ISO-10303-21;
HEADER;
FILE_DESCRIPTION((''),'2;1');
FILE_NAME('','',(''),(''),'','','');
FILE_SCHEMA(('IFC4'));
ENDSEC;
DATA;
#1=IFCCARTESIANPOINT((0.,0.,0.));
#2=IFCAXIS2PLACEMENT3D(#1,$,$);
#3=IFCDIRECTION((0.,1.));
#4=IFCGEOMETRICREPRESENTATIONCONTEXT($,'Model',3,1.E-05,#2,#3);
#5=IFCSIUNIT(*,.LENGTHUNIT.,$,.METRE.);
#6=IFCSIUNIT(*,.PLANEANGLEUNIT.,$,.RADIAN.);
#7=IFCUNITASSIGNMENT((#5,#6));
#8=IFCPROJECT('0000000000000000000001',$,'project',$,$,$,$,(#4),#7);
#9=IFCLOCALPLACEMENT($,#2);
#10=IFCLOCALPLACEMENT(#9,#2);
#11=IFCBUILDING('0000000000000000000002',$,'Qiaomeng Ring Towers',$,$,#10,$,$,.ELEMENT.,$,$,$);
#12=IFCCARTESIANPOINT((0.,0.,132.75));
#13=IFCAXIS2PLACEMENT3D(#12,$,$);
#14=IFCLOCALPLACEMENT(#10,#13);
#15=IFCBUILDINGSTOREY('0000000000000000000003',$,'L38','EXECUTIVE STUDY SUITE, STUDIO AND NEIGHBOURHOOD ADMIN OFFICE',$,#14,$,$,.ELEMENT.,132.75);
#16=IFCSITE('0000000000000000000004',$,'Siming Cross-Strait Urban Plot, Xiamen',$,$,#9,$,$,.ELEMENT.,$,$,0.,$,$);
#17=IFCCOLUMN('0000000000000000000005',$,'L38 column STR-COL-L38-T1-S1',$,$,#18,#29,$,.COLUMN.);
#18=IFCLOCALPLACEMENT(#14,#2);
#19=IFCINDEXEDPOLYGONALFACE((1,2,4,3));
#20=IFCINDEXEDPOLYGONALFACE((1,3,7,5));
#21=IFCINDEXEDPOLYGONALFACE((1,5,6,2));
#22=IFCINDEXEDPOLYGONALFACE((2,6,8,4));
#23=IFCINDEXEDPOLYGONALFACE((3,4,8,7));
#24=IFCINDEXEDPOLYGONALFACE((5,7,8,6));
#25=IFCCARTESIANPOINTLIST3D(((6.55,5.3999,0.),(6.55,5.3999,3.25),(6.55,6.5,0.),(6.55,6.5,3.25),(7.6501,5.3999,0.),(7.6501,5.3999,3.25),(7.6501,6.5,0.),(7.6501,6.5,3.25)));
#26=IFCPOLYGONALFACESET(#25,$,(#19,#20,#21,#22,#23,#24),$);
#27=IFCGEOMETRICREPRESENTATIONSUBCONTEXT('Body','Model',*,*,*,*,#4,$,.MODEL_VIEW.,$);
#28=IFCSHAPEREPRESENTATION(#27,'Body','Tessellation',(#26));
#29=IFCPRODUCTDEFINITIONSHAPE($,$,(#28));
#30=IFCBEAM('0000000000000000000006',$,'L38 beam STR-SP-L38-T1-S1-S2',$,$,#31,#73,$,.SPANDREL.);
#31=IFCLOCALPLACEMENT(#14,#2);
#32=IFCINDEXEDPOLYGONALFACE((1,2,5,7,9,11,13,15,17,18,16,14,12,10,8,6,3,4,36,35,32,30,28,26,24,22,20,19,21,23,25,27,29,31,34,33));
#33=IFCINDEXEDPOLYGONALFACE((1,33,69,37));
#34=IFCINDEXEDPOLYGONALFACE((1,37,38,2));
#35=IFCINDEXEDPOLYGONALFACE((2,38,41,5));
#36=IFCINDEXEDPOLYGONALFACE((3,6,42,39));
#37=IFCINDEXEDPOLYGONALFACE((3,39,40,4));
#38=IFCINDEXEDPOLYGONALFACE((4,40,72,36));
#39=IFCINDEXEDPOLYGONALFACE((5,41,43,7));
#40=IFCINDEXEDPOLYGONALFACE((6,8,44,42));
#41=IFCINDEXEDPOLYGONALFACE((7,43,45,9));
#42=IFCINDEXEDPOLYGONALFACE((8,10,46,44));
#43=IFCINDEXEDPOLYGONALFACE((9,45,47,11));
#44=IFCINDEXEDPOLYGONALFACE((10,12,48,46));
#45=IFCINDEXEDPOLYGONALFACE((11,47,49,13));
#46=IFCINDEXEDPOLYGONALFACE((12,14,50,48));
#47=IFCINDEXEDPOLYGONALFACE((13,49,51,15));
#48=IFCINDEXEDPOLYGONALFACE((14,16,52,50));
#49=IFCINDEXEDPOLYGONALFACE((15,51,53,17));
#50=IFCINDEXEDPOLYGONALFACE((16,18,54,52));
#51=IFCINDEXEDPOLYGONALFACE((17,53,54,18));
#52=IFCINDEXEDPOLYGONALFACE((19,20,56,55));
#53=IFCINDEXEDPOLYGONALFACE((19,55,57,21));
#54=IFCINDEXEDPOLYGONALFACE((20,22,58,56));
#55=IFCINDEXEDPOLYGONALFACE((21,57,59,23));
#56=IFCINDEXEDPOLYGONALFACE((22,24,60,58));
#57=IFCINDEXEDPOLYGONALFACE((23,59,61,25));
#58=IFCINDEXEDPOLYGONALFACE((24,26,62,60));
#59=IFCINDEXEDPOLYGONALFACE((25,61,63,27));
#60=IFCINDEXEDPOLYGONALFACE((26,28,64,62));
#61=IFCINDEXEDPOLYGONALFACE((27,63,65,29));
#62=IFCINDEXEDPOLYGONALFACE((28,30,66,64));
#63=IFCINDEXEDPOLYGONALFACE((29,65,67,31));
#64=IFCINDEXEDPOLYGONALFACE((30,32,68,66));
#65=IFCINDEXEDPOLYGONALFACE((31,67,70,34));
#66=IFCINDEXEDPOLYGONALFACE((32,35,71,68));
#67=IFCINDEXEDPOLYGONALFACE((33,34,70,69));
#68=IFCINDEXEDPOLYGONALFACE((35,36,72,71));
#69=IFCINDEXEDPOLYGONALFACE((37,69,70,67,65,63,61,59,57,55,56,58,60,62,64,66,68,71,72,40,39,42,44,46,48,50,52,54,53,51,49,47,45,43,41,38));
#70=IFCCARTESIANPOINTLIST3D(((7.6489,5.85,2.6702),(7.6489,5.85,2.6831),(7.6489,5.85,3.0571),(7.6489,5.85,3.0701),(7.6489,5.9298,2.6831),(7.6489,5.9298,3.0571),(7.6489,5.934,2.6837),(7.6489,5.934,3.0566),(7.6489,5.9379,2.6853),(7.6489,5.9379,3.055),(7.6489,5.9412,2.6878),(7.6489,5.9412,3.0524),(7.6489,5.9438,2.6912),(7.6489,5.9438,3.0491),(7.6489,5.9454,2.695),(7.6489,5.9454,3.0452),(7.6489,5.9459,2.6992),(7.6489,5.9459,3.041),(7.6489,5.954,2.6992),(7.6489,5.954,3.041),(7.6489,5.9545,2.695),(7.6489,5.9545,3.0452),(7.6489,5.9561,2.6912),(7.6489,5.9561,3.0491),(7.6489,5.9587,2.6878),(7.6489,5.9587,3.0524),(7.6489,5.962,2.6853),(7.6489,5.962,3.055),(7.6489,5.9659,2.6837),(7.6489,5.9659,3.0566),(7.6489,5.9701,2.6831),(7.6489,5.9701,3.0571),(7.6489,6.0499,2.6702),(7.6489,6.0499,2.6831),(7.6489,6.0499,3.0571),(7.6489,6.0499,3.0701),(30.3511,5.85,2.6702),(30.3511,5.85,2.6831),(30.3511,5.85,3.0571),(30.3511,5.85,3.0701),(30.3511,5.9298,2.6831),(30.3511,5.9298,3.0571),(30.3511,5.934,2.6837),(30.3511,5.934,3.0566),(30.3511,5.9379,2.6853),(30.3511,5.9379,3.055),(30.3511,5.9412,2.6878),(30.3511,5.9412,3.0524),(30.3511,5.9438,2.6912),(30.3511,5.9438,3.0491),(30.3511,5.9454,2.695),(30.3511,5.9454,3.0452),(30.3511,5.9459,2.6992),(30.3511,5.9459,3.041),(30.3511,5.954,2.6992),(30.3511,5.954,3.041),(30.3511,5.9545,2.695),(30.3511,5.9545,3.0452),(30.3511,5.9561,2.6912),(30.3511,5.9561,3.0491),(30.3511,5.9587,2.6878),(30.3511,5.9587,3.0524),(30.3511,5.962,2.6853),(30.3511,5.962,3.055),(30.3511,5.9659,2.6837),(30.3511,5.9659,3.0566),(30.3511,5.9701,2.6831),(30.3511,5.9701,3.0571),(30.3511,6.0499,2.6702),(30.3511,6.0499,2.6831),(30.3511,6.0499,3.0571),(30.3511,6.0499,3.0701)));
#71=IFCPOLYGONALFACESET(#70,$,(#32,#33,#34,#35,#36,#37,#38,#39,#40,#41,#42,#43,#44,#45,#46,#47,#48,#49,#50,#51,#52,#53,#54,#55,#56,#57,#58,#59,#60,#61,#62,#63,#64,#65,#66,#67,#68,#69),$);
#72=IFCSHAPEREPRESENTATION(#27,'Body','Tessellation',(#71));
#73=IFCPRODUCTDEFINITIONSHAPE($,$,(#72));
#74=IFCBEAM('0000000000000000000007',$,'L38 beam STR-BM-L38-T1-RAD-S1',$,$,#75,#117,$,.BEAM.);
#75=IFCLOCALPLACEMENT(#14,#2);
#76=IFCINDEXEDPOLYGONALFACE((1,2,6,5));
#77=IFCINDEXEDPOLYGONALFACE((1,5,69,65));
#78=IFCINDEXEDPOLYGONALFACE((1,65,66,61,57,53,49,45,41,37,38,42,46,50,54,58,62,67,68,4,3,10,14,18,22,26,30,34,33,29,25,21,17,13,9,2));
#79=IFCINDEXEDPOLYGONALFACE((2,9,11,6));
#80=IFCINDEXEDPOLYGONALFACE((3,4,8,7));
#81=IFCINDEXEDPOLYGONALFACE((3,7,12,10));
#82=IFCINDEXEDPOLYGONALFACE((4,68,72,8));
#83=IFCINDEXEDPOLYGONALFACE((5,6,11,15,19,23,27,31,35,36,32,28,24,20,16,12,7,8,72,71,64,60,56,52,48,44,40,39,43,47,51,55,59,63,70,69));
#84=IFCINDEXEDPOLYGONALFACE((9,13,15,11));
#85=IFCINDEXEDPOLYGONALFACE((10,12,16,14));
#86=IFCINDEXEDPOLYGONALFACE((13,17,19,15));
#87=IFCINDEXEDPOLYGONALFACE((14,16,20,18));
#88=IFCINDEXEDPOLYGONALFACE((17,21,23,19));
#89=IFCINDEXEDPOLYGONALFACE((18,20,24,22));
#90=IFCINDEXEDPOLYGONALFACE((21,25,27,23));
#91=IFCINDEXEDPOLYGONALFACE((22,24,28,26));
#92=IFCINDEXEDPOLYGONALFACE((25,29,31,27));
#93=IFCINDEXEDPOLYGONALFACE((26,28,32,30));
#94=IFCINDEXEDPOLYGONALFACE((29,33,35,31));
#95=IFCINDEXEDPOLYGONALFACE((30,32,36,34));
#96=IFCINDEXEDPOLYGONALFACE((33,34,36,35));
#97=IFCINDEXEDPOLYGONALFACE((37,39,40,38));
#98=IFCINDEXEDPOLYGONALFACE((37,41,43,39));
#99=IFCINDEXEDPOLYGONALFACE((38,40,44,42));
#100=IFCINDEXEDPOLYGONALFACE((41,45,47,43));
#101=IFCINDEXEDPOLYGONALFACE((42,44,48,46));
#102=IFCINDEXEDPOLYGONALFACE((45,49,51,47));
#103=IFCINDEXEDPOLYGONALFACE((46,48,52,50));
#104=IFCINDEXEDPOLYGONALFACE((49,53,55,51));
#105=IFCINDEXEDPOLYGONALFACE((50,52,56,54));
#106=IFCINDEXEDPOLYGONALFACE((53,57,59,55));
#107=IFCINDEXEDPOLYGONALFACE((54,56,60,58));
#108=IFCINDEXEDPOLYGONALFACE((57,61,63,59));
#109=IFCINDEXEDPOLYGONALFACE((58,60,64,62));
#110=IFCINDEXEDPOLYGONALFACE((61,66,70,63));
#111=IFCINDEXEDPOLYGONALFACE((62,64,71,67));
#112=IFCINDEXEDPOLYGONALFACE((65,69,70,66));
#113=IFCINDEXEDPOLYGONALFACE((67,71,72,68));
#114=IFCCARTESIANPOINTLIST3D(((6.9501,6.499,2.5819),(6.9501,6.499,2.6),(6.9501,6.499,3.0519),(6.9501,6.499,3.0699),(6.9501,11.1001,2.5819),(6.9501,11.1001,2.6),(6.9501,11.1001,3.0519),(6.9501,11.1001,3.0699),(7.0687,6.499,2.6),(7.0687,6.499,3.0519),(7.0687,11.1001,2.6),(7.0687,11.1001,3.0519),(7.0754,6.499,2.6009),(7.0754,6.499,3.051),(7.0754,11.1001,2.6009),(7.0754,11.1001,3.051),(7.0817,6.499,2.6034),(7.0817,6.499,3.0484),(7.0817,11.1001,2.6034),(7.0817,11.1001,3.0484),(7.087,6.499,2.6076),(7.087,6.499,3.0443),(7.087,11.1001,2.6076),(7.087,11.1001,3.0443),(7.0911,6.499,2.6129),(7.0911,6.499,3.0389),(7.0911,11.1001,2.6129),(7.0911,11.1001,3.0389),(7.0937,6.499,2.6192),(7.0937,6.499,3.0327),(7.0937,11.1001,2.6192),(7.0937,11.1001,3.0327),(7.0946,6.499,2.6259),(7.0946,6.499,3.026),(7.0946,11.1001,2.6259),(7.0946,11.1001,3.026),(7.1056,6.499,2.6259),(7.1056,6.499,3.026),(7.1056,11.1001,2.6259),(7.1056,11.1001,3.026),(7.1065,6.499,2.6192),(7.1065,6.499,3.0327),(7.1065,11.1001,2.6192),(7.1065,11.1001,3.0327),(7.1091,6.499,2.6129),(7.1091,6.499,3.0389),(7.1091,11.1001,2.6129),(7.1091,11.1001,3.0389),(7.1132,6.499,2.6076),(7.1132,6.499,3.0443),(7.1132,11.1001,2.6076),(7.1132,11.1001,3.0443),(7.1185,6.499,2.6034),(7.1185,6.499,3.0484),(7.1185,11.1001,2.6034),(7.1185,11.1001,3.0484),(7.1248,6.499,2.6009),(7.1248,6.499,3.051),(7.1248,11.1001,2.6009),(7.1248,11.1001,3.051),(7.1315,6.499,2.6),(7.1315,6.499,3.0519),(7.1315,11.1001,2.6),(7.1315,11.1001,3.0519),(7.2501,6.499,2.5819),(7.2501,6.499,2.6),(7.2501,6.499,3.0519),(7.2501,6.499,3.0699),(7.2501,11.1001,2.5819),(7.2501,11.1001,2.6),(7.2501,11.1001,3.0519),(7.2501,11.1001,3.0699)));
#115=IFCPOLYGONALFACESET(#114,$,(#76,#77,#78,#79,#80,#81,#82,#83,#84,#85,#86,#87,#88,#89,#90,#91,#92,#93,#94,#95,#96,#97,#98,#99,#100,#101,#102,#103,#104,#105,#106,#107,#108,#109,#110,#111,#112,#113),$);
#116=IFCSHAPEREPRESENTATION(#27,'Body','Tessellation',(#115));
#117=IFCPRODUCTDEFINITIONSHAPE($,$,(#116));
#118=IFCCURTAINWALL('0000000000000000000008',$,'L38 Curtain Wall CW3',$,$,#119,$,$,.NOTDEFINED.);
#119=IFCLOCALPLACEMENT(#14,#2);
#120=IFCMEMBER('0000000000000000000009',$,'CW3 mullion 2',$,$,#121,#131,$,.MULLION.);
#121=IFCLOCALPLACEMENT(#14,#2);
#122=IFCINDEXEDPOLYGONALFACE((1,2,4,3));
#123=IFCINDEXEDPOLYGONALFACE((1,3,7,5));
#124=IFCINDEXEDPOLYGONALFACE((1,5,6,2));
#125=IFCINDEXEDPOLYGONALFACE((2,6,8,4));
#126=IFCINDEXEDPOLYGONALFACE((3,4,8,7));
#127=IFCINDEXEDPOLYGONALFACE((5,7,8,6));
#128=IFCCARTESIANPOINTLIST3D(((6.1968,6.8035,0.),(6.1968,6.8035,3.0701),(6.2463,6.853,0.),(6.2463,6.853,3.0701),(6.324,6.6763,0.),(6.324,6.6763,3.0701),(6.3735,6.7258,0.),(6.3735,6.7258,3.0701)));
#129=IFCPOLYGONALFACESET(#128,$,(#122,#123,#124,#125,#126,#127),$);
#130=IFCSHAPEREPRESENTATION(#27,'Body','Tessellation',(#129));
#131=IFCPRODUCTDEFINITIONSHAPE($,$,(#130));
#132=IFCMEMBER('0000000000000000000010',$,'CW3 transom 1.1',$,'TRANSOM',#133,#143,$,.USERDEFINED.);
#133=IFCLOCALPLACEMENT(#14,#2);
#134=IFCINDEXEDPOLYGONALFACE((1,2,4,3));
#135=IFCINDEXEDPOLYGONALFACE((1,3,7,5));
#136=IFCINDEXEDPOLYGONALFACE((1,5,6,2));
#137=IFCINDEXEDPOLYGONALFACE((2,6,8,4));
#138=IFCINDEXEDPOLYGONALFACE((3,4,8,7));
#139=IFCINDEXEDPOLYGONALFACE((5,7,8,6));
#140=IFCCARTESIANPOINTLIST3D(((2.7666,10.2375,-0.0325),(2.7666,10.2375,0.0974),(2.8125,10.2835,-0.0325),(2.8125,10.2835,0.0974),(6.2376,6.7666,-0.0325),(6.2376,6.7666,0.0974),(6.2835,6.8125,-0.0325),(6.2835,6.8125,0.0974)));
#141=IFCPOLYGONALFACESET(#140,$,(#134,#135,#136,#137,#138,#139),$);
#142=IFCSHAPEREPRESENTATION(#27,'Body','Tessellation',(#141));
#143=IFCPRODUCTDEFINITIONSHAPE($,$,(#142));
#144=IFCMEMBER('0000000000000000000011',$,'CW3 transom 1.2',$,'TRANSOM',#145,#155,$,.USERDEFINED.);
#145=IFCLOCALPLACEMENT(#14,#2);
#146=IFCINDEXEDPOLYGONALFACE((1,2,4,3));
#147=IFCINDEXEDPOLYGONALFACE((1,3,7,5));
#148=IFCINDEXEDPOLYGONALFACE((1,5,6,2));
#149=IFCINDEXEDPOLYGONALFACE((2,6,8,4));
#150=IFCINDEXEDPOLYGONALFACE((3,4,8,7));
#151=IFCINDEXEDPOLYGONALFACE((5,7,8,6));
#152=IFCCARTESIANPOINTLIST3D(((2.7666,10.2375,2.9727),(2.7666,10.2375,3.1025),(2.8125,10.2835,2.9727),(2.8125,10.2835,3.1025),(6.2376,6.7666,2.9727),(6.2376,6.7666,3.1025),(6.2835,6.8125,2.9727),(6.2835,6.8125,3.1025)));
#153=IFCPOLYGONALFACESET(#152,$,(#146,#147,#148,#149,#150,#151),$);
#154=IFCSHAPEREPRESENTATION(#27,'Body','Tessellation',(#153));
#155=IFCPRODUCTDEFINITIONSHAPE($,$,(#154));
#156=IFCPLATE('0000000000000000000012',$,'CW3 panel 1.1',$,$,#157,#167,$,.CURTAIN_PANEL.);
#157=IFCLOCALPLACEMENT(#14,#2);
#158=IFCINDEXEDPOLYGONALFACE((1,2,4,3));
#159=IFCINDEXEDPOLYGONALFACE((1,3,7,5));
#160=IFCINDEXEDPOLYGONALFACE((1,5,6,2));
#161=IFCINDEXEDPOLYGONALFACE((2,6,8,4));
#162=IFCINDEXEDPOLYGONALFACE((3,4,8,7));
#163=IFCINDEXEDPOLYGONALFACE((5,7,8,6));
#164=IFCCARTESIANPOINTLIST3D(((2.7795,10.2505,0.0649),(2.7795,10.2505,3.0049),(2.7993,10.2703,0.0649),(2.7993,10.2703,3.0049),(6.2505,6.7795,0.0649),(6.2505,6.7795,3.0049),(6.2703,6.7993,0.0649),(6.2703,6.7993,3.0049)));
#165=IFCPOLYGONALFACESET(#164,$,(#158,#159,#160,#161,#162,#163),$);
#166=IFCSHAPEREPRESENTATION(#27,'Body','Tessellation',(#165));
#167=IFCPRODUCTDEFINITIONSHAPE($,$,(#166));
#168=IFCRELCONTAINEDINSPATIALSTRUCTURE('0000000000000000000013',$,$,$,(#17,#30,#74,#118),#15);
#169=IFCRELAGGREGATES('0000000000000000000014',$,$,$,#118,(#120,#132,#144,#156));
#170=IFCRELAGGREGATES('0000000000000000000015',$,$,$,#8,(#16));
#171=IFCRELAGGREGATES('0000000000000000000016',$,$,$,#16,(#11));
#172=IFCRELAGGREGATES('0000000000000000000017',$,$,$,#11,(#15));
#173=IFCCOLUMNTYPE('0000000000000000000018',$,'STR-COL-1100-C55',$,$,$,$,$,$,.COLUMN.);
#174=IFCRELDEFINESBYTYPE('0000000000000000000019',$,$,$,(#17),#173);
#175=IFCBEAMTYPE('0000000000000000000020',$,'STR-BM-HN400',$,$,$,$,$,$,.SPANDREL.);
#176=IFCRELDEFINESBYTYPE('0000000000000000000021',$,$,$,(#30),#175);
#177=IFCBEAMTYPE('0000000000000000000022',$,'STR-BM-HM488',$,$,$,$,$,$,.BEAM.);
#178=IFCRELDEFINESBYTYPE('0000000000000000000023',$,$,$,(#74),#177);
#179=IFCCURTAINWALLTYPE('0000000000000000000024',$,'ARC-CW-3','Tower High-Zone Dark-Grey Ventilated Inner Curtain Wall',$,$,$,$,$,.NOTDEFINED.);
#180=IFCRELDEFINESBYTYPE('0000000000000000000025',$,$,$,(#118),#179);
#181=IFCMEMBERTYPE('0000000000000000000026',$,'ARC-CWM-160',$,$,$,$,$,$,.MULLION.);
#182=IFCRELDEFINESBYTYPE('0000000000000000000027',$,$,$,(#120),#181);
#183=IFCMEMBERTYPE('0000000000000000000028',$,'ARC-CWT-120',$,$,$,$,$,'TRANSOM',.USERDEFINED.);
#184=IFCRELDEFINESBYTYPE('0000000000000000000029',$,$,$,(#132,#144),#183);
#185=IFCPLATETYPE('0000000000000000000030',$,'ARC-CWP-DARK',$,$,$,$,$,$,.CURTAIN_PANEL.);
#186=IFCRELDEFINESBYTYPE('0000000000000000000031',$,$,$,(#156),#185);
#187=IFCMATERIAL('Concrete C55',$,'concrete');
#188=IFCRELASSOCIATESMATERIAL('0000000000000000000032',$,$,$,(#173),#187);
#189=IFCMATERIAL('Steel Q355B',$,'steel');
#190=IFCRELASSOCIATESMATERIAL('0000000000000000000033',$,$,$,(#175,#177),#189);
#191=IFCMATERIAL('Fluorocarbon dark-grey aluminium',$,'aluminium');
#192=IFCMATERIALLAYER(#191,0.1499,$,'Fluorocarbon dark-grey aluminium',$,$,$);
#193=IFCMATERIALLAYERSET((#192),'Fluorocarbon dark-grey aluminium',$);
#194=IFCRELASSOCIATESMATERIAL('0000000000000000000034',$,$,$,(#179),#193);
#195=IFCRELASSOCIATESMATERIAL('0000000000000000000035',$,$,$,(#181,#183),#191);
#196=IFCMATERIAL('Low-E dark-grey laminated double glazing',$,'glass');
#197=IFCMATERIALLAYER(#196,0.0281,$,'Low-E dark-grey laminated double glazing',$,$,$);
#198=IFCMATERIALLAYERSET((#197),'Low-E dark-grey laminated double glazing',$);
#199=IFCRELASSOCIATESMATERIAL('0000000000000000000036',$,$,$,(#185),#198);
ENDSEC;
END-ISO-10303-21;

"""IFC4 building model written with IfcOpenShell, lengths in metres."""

from ifc_helpers import new_model, si_unit, direction, frame, origin, origin_2d, place, context, subcontext, project, spatial, rectangle, i_section, extrude, source, transform, mapped, material, layer, layer_set, material_profile, profile_set, type_object, element, aggregate, save


model = new_model("IFC4")

# Units and contexts
model_context = context("Model", 3, precision=1e-05, world=origin(), true_north=direction((0.0, 1.0)))
body_context = subcontext(model_context, "Body", "Model", "MODEL_VIEW")
ifc_project = project(units=[si_unit("LENGTHUNIT", "METRE"), si_unit("PLANEANGLEUNIT", "RADIAN")], contexts=[model_context])

# Site, building, storey
site_placement = place(None, origin())
site = spatial("IfcSite", under=ifc_project, at=site_placement, Name="Siming Cross-Strait Urban Plot, Xiamen", CompositionType="ELEMENT", RefElevation=0.0)
building_placement = place(site_placement, origin())
building = spatial("IfcBuilding", under=site, at=building_placement, Name="Qiaomeng Ring Towers", CompositionType="ELEMENT")
storey_placement = place(building_placement, frame((0.0, 0.0, 132.75)))
storey = spatial("IfcBuildingStorey", under=building, at=storey_placement, Name="L38", Description="EXECUTIVE STUDY SUITE, STUDIO AND NEIGHBOURHOOD ADMIN OFFICE", CompositionType="ELEMENT", Elevation=132.75)

# Column
ifc_material_1 = material(Name="Concrete C55", Category="concrete")
ifc_material_profile_1 = material_profile(ifc_material_1, rectangle(XDim=1.1001, YDim=1.1001, at=origin_2d()), Name="RC COL 1100x1100")
ifc_profile_set_1 = profile_set([ifc_material_profile_1], Name="Concrete C55")
column_type = type_object("IfcColumnType", Name="STR-COL-1100-C55", PredefinedType="COLUMN", material=ifc_profile_set_1)
shared_shape_1 = source(origin(), body_context, "Body", "SweptSolid", [
    extrude(rectangle(XDim=1.1001, YDim=1.1001, at=origin_2d()), origin(), (0.0, 0.0, 1.0), 3.25),
])
column_placement = place(storey_placement, frame((7.1001, 5.95, 0.0), z_axis=(0.0, 0.0, 1.0), x_axis=(1.0, 0.0, 0.0)))
element("IfcColumn", 1, at=column_placement, inside=storey, type_object=column_type, Name="L38 column STR-COL-L38-T1-S1", PredefinedType="COLUMN", context=body_context, shape_type="MappedRepresentation", body=[
    mapped(shared_shape_1, transform((0.0, 0.0, 0.0), x_axis=(1.0, 0.0, 0.0), y_axis=(0.0, 1.0, 0.0), z_axis=(0.0, 0.0, 1.0), scale=1.0)),
])

# Beams
ifc_material_2 = material(Name="Steel Q355B", Category="steel")
ifc_material_profile_2 = material_profile(ifc_material_2, i_section(OverallWidth=0.2, OverallDepth=0.3999, WebThickness=0.0081, FlangeThickness=0.0129, FilletRadius=0.0161, at=origin_2d()), Name="HN 400x200x8x13")
ifc_profile_set_2 = profile_set([ifc_material_profile_2], Name="Steel Q355B")
beam_type_1 = type_object("IfcBeamType", Name="STR-BM-HN400", PredefinedType="SPANDREL", material=ifc_profile_set_2)
shared_shape_2 = source(origin(), body_context, "Body", "SweptSolid", [
    extrude(i_section(OverallWidth=0.2, OverallDepth=0.3999, WebThickness=0.0081, FlangeThickness=0.0129, FilletRadius=0.0161, at=origin_2d()), origin(), (0.0, 0.0, 1.0), 22.7021),
])
beam_1_placement = place(storey_placement, frame((7.6489, 5.95, 2.8701), z_axis=(1.0, 0.0, 0.0), x_axis=(0.0, 1.0, 0.0)))
element("IfcBeam", 2, at=beam_1_placement, inside=storey, type_object=beam_type_1, Name="L38 beam STR-SP-L38-T1-S1-S2", PredefinedType="SPANDREL", context=body_context, shape_type="MappedRepresentation", body=[
    mapped(shared_shape_2, transform((0.0, 0.0, 0.0), x_axis=(1.0, 0.0, 0.0), y_axis=(0.0, 1.0, 0.0), z_axis=(0.0, 0.0, 1.0), scale=1.0)),
])
ifc_material_profile_3 = material_profile(ifc_material_2, i_section(OverallWidth=0.3, OverallDepth=0.488, WebThickness=0.011, FlangeThickness=0.0181, FilletRadius=0.0259, at=origin_2d()), Name="HM 488x300x11x18")
ifc_profile_set_3 = profile_set([ifc_material_profile_3], Name="Steel Q355B")
beam_type_2 = type_object("IfcBeamType", Name="STR-BM-HM488", PredefinedType="BEAM", material=ifc_profile_set_3)
shared_shape_3 = source(origin(), body_context, "Body", "SweptSolid", [
    extrude(i_section(OverallWidth=0.3, OverallDepth=0.488, WebThickness=0.011, FlangeThickness=0.0181, FilletRadius=0.0259, at=origin_2d()), origin(), (0.0, 0.0, 1.0), 4.6011),
])
beam_2_placement = place(storey_placement, frame((7.1001, 6.499, 2.8259), z_axis=(0.0, 1.0, 0.0), x_axis=(-1.0, 0.0, 0.0)))
element("IfcBeam", 3, at=beam_2_placement, inside=storey, type_object=beam_type_2, Name="L38 beam STR-BM-L38-T1-RAD-S1", PredefinedType="BEAM", context=body_context, shape_type="MappedRepresentation", body=[
    mapped(shared_shape_3, transform((0.0, 0.0, 0.0), x_axis=(1.0, 0.0, 0.0), y_axis=(0.0, 1.0, 0.0), z_axis=(0.0, 0.0, 1.0), scale=1.0)),
])

# Curtain wall, members, plate
ifc_material_3 = material(Name="Fluorocarbon dark-grey aluminium", Category="aluminium")
ifc_layer_1 = layer(ifc_material_3, 0.1499, Name="Fluorocarbon dark-grey aluminium")
ifc_layer_set_1 = layer_set([ifc_layer_1], Name="Fluorocarbon dark-grey aluminium")
curtain_wall_type = type_object("IfcCurtainWallType", Name="ARC-CW-3", Description="Tower High-Zone Dark-Grey Ventilated Inner Curtain Wall", PredefinedType="NOTDEFINED", material=ifc_layer_set_1)
curtain_wall_placement = place(storey_placement, origin())
curtain_wall = element("IfcCurtainWall", 4, at=curtain_wall_placement, inside=storey, type_object=curtain_wall_type, Name="L38 Curtain Wall CW3", PredefinedType="NOTDEFINED")
ifc_material_profile_4 = material_profile(ifc_material_3, rectangle(XDim=0.0701, YDim=0.1799, at=origin_2d()), Name="ALU MULL 70x180")
ifc_profile_set_4 = profile_set([ifc_material_profile_4], Name="Fluorocarbon dark-grey aluminium")
member_type_1 = type_object("IfcMemberType", Name="ARC-CWM-160", PredefinedType="MULLION", material=ifc_profile_set_4)
shared_shape_4 = source(origin(), body_context, "Body", "SweptSolid", [
    extrude(rectangle(XDim=0.0701, YDim=0.1799, at=origin_2d()), origin(), (0.0, 0.0, 1.0), 3.0701),
])
member_1_placement = place(storey_placement, frame((6.2852, 6.7646, 0.0), z_axis=(0.0, 0.0, 1.0), x_axis=(0.707107, 0.707107, 0.0)))
member_1 = element("IfcMember", 5, at=member_1_placement, type_object=member_type_1, Name="CW3 mullion 2", PredefinedType="MULLION", context=body_context, shape_type="MappedRepresentation", body=[
    mapped(shared_shape_4, transform((0.0, 0.0, 0.0), x_axis=(1.0, 0.0, 0.0), y_axis=(0.0, 1.0, 0.0), z_axis=(0.0, 0.0, 1.0), scale=1.0)),
])
ifc_material_profile_5 = material_profile(ifc_material_3, rectangle(XDim=0.0649, YDim=0.1299, at=origin_2d()), Name="ALU TRAN 65x130")
ifc_profile_set_5 = profile_set([ifc_material_profile_5], Name="Fluorocarbon dark-grey aluminium")
member_type_2 = type_object("IfcMemberType", Name="ARC-CWT-120", ElementType="TRANSOM", PredefinedType="USERDEFINED", material=ifc_profile_set_5)
shared_shape_5 = source(origin(), body_context, "Body", "SweptSolid", [
    extrude(rectangle(XDim=0.0649, YDim=0.1299, at=origin_2d()), origin(), (0.0, 0.0, 1.0), 4.9087),
])
member_2_placement = place(storey_placement, frame((2.7896, 10.2605, 0.0325), z_axis=(0.707107, -0.707107, 0.0), x_axis=(0.707107, 0.707107, 0.0)))
member_2 = element("IfcMember", 6, at=member_2_placement, type_object=member_type_2, Name="CW3 transom 1.1", ObjectType="TRANSOM", PredefinedType="USERDEFINED", context=body_context, shape_type="MappedRepresentation", body=[
    mapped(shared_shape_5, transform((0.0, 0.0, 0.0), x_axis=(1.0, 0.0, 0.0), y_axis=(0.0, 1.0, 0.0), z_axis=(0.0, 0.0, 1.0), scale=1.0)),
])
member_3_placement = place(storey_placement, frame((2.7896, 10.2605, 3.0376), z_axis=(0.707107, -0.707107, 0.0), x_axis=(0.707107, 0.707107, 0.0)))
member_3 = element("IfcMember", 7, at=member_3_placement, type_object=member_type_2, Name="CW3 transom 1.2", ObjectType="TRANSOM", PredefinedType="USERDEFINED", context=body_context, shape_type="MappedRepresentation", body=[
    mapped(shared_shape_5, transform((0.0, 0.0, 0.0), x_axis=(1.0, 0.0, 0.0), y_axis=(0.0, 1.0, 0.0), z_axis=(0.0, 0.0, 1.0), scale=1.0)),
])
ifc_material_4 = material(Name="Low-E dark-grey laminated double glazing", Category="glass")
ifc_layer_2 = layer(ifc_material_4, 0.0281, Name="Low-E dark-grey laminated double glazing")
ifc_layer_set_2 = layer_set([ifc_layer_2], Name="Low-E dark-grey laminated double glazing")
plate_type = type_object("IfcPlateType", Name="ARC-CWP-DARK", PredefinedType="CURTAIN_PANEL", material=ifc_layer_set_2)
shared_shape_6 = source(origin(), body_context, "Body", "SweptSolid", [
    extrude(rectangle(XDim=4.9087, YDim=0.0281, at=origin_2d()), origin(), (0.0, 0.0, 1.0), 2.9399),
])
plate_placement = place(storey_placement, frame((4.5249, 8.5249, 0.0649), z_axis=(0.0, 0.0, 1.0), x_axis=(0.707107, -0.707107, 0.0)))
plate = element("IfcPlate", 8, at=plate_placement, type_object=plate_type, Name="CW3 panel 1.1", PredefinedType="CURTAIN_PANEL", context=body_context, shape_type="MappedRepresentation", body=[
    mapped(shared_shape_6, transform((0.0, 0.0, 0.0), x_axis=(1.0, 0.0, 0.0), y_axis=(0.0, 1.0, 0.0), z_axis=(0.0, 0.0, 1.0), scale=1.0)),
])
aggregate(curtain_wall, [member_1, member_2, member_3, plate])

save(model, "model.ifc")
